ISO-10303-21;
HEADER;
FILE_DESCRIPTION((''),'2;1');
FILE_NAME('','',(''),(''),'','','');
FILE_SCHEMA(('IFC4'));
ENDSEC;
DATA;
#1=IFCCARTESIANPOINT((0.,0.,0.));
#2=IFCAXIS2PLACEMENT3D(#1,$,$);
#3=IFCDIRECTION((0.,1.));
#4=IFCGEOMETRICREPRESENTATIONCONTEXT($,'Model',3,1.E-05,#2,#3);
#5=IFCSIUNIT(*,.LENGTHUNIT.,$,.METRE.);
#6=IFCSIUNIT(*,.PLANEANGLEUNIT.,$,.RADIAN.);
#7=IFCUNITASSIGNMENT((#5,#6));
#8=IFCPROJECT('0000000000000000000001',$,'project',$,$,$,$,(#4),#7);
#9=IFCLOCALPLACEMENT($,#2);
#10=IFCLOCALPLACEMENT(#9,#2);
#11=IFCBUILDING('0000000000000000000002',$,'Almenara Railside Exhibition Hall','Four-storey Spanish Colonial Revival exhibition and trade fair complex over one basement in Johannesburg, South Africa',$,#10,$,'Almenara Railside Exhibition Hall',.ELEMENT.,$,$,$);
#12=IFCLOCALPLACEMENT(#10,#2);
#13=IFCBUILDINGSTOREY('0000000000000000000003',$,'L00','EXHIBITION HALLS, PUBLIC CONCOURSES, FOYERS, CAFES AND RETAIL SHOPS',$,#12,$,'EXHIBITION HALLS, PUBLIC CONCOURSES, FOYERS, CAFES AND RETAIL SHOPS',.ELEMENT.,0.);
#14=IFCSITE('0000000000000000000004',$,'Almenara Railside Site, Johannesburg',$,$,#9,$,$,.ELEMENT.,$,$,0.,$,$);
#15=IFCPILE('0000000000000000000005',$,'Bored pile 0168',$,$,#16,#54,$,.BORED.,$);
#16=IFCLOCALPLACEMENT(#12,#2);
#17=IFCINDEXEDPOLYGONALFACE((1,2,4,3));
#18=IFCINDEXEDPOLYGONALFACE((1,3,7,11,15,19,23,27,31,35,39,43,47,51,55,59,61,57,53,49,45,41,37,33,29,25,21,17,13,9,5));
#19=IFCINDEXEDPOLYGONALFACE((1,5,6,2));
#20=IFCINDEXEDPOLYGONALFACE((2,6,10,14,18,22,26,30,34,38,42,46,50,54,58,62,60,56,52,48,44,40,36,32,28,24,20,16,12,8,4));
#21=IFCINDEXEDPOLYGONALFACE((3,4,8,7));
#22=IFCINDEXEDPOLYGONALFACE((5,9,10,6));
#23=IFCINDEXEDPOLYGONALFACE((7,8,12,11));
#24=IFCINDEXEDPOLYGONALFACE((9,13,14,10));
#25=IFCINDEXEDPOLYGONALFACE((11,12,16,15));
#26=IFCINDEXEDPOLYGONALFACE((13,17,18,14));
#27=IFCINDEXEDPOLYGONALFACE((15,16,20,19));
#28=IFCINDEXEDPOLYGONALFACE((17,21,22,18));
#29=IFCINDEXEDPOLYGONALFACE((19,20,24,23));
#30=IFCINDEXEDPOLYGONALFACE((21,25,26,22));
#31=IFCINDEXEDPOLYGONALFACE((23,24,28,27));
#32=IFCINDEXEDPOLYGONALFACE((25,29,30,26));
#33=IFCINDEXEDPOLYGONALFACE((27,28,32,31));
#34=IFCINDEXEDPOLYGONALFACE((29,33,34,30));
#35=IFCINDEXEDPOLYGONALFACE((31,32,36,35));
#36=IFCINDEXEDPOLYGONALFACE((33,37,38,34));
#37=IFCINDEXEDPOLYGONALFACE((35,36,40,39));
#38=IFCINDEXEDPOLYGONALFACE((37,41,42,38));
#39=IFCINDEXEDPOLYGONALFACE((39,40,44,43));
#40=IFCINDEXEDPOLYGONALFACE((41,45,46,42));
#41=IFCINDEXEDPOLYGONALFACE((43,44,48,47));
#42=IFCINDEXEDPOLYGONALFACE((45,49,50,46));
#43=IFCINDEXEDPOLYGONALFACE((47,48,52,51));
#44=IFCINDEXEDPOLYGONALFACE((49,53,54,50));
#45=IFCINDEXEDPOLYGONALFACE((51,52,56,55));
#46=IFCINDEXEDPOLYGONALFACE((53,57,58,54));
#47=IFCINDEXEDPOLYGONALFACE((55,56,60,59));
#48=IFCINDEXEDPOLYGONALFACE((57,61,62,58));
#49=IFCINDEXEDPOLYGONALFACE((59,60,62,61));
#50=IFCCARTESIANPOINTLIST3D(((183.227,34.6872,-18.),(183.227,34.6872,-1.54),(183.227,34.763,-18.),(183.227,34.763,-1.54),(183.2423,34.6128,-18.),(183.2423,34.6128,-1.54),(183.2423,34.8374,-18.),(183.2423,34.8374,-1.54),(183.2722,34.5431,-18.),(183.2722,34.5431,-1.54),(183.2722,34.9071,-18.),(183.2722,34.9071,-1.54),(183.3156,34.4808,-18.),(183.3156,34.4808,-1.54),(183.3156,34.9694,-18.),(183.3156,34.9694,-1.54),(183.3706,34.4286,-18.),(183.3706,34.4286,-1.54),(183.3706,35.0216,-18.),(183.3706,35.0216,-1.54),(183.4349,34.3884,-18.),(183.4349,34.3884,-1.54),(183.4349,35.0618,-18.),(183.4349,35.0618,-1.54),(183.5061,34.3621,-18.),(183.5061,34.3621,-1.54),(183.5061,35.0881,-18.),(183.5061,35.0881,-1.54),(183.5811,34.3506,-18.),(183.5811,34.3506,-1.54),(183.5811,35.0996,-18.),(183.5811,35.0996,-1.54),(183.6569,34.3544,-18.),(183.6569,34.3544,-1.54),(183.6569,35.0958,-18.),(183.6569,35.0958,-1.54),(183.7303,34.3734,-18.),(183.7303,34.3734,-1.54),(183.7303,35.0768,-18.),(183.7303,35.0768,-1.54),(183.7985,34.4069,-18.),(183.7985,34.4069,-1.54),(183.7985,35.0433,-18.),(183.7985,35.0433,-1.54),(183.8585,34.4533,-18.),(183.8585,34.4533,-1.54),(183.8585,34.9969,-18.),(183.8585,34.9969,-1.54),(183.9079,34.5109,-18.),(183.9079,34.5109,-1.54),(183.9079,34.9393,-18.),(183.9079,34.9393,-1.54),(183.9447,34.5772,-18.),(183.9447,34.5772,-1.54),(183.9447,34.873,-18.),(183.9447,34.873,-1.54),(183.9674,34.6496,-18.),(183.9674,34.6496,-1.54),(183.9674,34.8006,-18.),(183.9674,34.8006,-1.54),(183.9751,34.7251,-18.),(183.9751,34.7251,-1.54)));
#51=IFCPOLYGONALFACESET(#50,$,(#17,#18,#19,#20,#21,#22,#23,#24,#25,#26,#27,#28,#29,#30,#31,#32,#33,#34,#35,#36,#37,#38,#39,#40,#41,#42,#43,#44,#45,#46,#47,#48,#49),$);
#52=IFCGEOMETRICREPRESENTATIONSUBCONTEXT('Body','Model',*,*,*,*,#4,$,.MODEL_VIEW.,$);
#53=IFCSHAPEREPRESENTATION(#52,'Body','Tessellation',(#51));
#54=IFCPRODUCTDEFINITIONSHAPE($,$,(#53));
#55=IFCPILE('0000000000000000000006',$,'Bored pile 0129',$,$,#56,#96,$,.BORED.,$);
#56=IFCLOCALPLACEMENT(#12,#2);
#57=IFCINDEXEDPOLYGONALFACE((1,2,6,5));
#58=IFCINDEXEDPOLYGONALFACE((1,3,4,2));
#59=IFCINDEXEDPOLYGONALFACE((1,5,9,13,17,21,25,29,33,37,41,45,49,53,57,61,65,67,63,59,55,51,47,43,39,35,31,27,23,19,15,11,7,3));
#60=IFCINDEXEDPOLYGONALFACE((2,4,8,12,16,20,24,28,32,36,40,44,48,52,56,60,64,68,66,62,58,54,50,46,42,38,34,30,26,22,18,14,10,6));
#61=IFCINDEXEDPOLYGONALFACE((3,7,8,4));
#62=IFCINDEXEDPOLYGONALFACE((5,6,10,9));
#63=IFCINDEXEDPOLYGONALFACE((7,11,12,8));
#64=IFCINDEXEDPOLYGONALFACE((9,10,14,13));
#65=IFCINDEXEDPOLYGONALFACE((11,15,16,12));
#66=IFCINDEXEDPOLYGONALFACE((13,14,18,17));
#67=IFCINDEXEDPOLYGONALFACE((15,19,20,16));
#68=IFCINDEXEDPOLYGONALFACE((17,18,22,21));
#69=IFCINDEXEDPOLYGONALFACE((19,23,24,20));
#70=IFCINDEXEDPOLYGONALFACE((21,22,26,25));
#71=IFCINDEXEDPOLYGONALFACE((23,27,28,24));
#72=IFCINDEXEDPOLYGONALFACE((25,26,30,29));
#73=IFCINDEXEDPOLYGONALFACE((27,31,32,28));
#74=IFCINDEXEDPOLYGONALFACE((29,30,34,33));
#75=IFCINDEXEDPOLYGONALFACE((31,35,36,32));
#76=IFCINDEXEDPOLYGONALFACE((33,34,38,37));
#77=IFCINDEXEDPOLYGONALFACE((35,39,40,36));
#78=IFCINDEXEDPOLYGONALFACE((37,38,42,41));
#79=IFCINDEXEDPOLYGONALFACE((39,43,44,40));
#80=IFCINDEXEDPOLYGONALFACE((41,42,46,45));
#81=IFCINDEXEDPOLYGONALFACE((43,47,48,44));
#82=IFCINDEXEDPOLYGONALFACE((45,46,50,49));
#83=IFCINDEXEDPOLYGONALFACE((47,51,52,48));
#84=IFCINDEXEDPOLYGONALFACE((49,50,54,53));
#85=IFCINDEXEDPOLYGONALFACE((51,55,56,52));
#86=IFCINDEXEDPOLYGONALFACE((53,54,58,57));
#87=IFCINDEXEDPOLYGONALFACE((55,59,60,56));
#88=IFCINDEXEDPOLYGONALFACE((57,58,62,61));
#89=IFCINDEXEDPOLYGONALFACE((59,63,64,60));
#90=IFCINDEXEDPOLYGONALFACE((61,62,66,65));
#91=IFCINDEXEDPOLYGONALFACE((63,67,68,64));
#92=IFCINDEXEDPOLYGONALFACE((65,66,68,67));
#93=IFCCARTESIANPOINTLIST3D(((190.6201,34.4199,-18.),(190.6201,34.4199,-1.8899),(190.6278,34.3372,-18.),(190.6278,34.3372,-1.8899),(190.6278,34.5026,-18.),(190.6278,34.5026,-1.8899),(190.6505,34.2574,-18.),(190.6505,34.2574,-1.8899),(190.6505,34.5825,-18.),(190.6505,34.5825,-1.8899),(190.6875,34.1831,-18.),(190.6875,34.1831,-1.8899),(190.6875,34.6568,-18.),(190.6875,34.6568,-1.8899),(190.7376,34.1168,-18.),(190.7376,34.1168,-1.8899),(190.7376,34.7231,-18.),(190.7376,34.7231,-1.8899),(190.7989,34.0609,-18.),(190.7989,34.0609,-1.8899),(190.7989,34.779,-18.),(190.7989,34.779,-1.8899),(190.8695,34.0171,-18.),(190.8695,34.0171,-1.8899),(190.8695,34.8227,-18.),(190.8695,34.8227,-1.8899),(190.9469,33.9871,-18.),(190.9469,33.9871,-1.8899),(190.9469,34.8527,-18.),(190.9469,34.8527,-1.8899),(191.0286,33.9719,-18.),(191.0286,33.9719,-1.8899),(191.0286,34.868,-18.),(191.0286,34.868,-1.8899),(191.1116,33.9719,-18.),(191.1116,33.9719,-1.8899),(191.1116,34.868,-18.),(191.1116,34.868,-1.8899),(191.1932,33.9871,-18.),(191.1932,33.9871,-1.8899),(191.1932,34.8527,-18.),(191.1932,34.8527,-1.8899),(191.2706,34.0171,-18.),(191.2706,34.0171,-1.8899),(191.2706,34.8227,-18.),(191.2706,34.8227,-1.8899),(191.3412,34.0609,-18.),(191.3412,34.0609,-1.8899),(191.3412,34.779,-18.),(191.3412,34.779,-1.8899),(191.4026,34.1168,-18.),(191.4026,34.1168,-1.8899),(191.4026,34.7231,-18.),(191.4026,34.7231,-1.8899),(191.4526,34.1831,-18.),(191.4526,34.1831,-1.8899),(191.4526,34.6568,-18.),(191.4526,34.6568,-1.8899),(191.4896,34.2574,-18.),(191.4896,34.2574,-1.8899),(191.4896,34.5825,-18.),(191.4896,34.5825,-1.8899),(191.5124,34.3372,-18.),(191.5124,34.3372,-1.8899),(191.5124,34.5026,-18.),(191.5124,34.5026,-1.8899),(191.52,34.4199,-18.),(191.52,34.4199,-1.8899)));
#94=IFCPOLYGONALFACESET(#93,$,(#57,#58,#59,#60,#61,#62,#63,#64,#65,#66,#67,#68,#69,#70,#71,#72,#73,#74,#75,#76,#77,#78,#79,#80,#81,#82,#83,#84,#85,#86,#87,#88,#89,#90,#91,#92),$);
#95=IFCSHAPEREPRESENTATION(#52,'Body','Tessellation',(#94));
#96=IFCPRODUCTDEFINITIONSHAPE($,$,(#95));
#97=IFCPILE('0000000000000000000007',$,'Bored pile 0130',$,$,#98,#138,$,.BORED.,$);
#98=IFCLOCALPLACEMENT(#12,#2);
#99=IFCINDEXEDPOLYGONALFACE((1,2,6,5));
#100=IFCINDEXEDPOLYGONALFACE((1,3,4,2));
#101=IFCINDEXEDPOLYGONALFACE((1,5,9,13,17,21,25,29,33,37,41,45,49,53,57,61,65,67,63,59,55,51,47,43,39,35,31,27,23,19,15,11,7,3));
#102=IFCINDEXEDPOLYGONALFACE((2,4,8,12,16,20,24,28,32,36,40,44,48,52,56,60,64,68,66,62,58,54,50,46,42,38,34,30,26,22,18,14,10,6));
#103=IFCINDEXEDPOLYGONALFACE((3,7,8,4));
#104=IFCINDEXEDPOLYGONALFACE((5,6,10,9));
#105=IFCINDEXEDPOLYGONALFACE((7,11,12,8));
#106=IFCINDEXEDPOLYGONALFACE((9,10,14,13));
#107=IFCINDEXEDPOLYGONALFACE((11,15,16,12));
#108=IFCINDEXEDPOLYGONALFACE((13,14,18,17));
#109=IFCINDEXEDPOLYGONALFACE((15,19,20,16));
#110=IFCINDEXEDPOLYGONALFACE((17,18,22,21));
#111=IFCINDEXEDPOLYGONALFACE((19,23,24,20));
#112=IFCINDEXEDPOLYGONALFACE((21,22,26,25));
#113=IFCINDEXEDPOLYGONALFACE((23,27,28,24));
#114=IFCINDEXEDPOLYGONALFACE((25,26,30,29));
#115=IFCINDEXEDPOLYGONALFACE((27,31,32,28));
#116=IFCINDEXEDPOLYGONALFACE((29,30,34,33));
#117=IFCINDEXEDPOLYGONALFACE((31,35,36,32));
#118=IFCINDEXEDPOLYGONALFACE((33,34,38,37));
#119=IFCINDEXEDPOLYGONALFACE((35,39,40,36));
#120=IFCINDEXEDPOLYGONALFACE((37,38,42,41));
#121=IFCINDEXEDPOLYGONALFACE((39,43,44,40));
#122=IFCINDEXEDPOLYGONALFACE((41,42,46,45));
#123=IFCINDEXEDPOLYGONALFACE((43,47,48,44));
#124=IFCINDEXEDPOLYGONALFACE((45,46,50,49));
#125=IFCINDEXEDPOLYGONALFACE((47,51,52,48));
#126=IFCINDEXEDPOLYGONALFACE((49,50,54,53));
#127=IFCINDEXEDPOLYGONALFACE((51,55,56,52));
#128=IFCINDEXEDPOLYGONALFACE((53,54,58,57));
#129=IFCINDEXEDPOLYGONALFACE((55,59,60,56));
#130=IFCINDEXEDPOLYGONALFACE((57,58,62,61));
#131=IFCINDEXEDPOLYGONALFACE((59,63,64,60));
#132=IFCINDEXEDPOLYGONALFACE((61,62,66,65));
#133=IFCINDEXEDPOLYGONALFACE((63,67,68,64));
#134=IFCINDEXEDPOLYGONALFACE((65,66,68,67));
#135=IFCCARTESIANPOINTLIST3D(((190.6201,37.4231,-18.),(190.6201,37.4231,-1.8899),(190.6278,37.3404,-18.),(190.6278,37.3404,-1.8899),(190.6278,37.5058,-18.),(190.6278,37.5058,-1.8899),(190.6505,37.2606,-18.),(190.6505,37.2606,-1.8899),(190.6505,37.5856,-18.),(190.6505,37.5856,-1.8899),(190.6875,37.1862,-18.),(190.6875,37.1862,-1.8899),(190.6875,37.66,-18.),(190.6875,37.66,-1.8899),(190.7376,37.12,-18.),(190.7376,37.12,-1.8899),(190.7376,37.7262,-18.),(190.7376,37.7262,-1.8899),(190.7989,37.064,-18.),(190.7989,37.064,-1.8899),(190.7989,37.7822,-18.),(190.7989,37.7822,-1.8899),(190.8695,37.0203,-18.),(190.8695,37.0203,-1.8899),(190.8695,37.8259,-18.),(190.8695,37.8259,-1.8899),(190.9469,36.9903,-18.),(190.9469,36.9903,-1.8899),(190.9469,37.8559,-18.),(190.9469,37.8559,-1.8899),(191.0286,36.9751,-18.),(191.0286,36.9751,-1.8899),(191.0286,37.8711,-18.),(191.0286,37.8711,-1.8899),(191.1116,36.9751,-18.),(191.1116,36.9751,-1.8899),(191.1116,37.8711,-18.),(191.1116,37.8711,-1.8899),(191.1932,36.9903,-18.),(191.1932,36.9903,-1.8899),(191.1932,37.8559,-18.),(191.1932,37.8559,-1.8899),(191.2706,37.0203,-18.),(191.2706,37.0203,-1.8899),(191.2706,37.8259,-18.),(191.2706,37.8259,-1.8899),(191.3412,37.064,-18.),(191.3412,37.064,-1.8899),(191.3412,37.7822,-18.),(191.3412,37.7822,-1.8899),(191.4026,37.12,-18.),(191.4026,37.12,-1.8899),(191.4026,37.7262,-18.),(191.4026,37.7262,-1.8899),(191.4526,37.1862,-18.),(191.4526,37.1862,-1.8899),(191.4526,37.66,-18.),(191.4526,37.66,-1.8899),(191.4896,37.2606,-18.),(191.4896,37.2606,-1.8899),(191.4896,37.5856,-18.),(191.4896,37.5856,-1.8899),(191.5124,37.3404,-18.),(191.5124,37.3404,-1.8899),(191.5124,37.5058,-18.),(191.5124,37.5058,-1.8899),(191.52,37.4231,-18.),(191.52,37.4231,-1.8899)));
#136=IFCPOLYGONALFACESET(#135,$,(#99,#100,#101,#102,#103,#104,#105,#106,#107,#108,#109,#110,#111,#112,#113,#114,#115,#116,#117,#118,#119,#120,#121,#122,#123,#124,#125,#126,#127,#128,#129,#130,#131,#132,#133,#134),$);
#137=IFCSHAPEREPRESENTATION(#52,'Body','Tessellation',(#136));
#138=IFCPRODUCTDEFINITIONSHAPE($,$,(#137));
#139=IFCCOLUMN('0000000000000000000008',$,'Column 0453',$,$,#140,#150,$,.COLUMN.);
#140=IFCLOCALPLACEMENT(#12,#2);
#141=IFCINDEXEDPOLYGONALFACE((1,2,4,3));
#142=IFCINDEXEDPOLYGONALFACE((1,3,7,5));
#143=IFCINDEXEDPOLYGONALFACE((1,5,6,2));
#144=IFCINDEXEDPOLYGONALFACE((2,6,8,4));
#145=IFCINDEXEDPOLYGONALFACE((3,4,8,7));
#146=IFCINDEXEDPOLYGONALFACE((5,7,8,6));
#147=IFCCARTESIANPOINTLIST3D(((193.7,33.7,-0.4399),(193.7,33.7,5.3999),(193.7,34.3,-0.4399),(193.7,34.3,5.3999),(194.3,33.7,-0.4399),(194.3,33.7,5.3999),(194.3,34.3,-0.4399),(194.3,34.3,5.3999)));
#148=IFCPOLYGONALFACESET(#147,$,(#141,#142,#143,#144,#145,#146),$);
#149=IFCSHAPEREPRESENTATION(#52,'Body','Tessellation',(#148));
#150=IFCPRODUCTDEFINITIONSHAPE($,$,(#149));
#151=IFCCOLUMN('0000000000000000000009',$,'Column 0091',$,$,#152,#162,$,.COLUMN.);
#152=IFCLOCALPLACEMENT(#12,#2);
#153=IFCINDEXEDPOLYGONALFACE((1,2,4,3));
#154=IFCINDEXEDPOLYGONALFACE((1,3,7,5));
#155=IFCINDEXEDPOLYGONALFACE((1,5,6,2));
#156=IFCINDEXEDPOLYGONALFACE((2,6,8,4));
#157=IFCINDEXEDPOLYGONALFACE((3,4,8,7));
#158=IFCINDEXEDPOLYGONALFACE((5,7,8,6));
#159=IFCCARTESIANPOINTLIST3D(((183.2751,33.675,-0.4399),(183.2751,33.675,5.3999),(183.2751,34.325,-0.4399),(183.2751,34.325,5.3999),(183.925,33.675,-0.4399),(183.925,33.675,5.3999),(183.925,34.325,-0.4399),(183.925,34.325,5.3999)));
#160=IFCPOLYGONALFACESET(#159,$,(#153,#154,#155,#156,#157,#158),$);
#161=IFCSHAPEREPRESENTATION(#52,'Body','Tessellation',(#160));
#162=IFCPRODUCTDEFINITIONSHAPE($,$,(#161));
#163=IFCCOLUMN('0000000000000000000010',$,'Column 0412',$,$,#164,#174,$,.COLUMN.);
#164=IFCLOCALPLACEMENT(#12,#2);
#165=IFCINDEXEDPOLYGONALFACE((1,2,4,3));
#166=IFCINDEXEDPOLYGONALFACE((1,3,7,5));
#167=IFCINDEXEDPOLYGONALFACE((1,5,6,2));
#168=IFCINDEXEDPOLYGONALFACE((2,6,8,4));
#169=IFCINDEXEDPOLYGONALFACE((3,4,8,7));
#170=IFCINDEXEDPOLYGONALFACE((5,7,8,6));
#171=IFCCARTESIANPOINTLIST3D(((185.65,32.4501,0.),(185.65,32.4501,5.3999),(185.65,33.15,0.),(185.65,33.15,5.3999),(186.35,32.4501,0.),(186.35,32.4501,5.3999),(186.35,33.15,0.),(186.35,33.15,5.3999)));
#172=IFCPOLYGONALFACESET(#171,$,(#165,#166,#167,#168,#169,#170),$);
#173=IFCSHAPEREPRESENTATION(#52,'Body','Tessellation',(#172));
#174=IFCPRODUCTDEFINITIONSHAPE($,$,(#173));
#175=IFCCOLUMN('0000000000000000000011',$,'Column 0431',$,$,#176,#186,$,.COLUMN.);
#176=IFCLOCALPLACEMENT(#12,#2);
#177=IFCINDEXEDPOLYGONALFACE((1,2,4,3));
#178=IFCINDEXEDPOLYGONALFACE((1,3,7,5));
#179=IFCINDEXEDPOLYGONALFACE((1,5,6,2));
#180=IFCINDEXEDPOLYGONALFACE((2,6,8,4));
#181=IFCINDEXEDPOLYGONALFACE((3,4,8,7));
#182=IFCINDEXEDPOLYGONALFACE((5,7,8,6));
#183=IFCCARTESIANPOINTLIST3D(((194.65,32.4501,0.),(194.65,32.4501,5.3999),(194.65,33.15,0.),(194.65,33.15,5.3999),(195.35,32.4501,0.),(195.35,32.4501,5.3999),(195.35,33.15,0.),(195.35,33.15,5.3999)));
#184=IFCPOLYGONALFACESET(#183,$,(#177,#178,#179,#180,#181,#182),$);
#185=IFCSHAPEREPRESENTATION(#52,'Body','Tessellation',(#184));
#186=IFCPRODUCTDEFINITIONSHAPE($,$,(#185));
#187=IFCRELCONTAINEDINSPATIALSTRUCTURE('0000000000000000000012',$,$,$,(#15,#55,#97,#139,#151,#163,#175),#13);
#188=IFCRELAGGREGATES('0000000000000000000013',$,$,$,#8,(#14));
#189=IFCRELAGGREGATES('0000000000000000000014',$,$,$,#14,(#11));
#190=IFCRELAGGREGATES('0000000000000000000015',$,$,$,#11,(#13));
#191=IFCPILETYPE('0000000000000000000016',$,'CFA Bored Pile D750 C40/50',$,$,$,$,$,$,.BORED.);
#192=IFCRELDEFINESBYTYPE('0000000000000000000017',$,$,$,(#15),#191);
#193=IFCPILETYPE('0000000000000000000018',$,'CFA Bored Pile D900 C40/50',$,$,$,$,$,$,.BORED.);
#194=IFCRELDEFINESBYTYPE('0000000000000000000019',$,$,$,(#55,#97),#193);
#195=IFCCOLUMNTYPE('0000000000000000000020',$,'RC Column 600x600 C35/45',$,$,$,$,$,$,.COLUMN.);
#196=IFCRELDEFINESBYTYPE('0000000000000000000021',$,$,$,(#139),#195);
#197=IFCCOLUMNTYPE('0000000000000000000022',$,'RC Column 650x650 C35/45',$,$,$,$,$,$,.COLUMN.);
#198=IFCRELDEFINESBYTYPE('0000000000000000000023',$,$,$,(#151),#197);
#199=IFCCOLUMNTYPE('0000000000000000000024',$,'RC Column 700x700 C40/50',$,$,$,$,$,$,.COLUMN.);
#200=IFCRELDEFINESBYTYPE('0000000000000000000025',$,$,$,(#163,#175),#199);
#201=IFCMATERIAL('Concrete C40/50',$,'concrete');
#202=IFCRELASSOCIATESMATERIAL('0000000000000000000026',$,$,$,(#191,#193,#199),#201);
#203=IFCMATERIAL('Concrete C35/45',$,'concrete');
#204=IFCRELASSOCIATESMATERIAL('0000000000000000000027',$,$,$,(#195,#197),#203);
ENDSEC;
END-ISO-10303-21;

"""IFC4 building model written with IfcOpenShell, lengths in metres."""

from ifc_helpers import new_model, si_unit, direction, frame, origin, origin_2d, place, context, subcontext, project, spatial, rectangle, circle, extrude, material, material_profile, profile_set, type_object, element, save


model = new_model("IFC4")

# Units and contexts
model_context = context("Model", 3, precision=1e-05, world=origin(), true_north=direction((0.0, 1.0)))
body_context = subcontext(model_context, "Body", "Model", "MODEL_VIEW")
ifc_project = project(units=[si_unit("LENGTHUNIT", "METRE"), si_unit("PLANEANGLEUNIT", "RADIAN")], contexts=[model_context])

# Site, building, storey
site_placement = place(None, origin())
site = spatial("IfcSite", under=ifc_project, at=site_placement, Name="Almenara Railside Site, Johannesburg", CompositionType="ELEMENT", RefElevation=0.0)
building_placement = place(site_placement, origin())
building = spatial("IfcBuilding", under=site, at=building_placement, Name="Almenara Railside Exhibition Hall", Description="Four-storey Spanish Colonial Revival exhibition and trade fair complex over one basement in Johannesburg, South Africa", LongName="Almenara Railside Exhibition Hall", CompositionType="ELEMENT")
storey_placement = place(building_placement, origin())
storey = spatial("IfcBuildingStorey", under=building, at=storey_placement, Name="L00", Description="EXHIBITION HALLS, PUBLIC CONCOURSES, FOYERS, CAFES AND RETAIL SHOPS", LongName="EXHIBITION HALLS, PUBLIC CONCOURSES, FOYERS, CAFES AND RETAIL SHOPS", CompositionType="ELEMENT", Elevation=0.0)

# Piles
ifc_material_1 = material(Name="Concrete C40/50", Category="concrete")
ifc_material_profile_1 = material_profile(ifc_material_1, circle(Radius=0.375, at=origin_2d()), Name="CFA-PILE D750")
ifc_profile_set_1 = profile_set([ifc_material_profile_1], Name="Concrete C40/50")
pile_type_1 = type_object("IfcPileType", Name="CFA Bored Pile D750 C40/50", PredefinedType="BORED", material=ifc_profile_set_1)
pile_placement = place(storey_placement, frame((183.6001, 34.7251, -1.54), z_axis=(0.0, 0.0, -1.0), x_axis=(1.0, 0.0, 0.0)))
element("IfcPile", 1, at=pile_placement, inside=storey, type_object=pile_type_1, Name="Bored pile 0168", PredefinedType="BORED", context=body_context, shape_type="SweptSolid", body=[
    extrude(circle(Radius=0.375, at=origin_2d()), origin(), (0.0, 0.0, 1.0), 16.46),
])
ifc_material_profile_2 = material_profile(ifc_material_1, circle(Radius=0.45, at=origin_2d()), Name="CFA-PILE D900")
ifc_profile_set_2 = profile_set([ifc_material_profile_2], Name="Concrete C40/50")
pile_type_2 = type_object("IfcPileType", Name="CFA Bored Pile D900 C40/50", PredefinedType="BORED", material=ifc_profile_set_2)
for number, where, z_axis, x_axis, name in (
    (2, (191.0701, 34.4199, -1.8899), (0.0, 0.0, -1.0), (1.0, 0.0, 0.0), "Bored pile 0129"),
    (3, (191.0701, 37.4231, -1.8899), (0.0, 0.0, -1.0), (1.0, 0.0, 0.0), "Bored pile 0130"),
):
    element("IfcPile", number, at=place(storey_placement, frame(where, z_axis=z_axis, x_axis=x_axis)), inside=storey, type_object=pile_type_2, Name=name, PredefinedType="BORED", context=body_context, shape_type="SweptSolid", body=[
        extrude(circle(Radius=0.45, at=origin_2d()), origin(), (0.0, 0.0, 1.0), 16.1101),
    ])

# Columns
ifc_material_2 = material(Name="Concrete C35/45", Category="concrete")
ifc_material_profile_3 = material_profile(ifc_material_2, rectangle(XDim=0.6001, YDim=0.6001, at=origin_2d()), Name="RC 600x600")
ifc_profile_set_3 = profile_set([ifc_material_profile_3], Name="Concrete C35/45")
column_type_1 = type_object("IfcColumnType", Name="RC Column 600x600 C35/45", PredefinedType="COLUMN", material=ifc_profile_set_3)
column_1_placement = place(storey_placement, frame((194.0, 34.0, -0.4399), z_axis=(0.0, 0.0, 1.0), x_axis=(1.0, 0.0, 0.0)))
element("IfcColumn", 4, at=column_1_placement, inside=storey, type_object=column_type_1, Name="Column 0453", PredefinedType="COLUMN", context=body_context, shape_type="SweptSolid", body=[
    extrude(rectangle(XDim=0.6001, YDim=0.6001, at=origin_2d()), origin(), (0.0, 0.0, 1.0), 5.8398),
])
ifc_material_profile_4 = material_profile(ifc_material_2, rectangle(XDim=0.6499, YDim=0.6499, at=origin_2d()), Name="RC 650x650")
ifc_profile_set_4 = profile_set([ifc_material_profile_4], Name="Concrete C35/45")
column_type_2 = type_object("IfcColumnType", Name="RC Column 650x650 C35/45", PredefinedType="COLUMN", material=ifc_profile_set_4)
column_2_placement = place(storey_placement, frame((183.6001, 34.0, -0.4399), z_axis=(0.0, 0.0, 1.0), x_axis=(1.0, 0.0, 0.0)))
element("IfcColumn", 5, at=column_2_placement, inside=storey, type_object=column_type_2, Name="Column 0091", PredefinedType="COLUMN", context=body_context, shape_type="SweptSolid", body=[
    extrude(rectangle(XDim=0.6499, YDim=0.6499, at=origin_2d()), origin(), (0.0, 0.0, 1.0), 5.8398),
])
ifc_material_profile_5 = material_profile(ifc_material_1, rectangle(XDim=0.7, YDim=0.7, at=origin_2d()), Name="RC 700x700")
ifc_profile_set_5 = profile_set([ifc_material_profile_5], Name="Concrete C40/50")
column_type_3 = type_object("IfcColumnType", Name="RC Column 700x700 C40/50", PredefinedType="COLUMN", material=ifc_profile_set_5)
for number, where, z_axis, x_axis, name in (
    (6, (186.0, 32.8, 0.0), (0.0, 0.0, 1.0), (1.0, 0.0, 0.0), "Column 0412"),
    (7, (195.0, 32.8, 0.0), (0.0, 0.0, 1.0), (1.0, 0.0, 0.0), "Column 0431"),
):
    element("IfcColumn", number, at=place(storey_placement, frame(where, z_axis=z_axis, x_axis=x_axis)), inside=storey, type_object=column_type_3, Name=name, PredefinedType="COLUMN", context=body_context, shape_type="SweptSolid", body=[
        extrude(rectangle(XDim=0.7, YDim=0.7, at=origin_2d()), origin(), (0.0, 0.0, 1.0), 5.3999),
    ])

save(model, "model.ifc")
